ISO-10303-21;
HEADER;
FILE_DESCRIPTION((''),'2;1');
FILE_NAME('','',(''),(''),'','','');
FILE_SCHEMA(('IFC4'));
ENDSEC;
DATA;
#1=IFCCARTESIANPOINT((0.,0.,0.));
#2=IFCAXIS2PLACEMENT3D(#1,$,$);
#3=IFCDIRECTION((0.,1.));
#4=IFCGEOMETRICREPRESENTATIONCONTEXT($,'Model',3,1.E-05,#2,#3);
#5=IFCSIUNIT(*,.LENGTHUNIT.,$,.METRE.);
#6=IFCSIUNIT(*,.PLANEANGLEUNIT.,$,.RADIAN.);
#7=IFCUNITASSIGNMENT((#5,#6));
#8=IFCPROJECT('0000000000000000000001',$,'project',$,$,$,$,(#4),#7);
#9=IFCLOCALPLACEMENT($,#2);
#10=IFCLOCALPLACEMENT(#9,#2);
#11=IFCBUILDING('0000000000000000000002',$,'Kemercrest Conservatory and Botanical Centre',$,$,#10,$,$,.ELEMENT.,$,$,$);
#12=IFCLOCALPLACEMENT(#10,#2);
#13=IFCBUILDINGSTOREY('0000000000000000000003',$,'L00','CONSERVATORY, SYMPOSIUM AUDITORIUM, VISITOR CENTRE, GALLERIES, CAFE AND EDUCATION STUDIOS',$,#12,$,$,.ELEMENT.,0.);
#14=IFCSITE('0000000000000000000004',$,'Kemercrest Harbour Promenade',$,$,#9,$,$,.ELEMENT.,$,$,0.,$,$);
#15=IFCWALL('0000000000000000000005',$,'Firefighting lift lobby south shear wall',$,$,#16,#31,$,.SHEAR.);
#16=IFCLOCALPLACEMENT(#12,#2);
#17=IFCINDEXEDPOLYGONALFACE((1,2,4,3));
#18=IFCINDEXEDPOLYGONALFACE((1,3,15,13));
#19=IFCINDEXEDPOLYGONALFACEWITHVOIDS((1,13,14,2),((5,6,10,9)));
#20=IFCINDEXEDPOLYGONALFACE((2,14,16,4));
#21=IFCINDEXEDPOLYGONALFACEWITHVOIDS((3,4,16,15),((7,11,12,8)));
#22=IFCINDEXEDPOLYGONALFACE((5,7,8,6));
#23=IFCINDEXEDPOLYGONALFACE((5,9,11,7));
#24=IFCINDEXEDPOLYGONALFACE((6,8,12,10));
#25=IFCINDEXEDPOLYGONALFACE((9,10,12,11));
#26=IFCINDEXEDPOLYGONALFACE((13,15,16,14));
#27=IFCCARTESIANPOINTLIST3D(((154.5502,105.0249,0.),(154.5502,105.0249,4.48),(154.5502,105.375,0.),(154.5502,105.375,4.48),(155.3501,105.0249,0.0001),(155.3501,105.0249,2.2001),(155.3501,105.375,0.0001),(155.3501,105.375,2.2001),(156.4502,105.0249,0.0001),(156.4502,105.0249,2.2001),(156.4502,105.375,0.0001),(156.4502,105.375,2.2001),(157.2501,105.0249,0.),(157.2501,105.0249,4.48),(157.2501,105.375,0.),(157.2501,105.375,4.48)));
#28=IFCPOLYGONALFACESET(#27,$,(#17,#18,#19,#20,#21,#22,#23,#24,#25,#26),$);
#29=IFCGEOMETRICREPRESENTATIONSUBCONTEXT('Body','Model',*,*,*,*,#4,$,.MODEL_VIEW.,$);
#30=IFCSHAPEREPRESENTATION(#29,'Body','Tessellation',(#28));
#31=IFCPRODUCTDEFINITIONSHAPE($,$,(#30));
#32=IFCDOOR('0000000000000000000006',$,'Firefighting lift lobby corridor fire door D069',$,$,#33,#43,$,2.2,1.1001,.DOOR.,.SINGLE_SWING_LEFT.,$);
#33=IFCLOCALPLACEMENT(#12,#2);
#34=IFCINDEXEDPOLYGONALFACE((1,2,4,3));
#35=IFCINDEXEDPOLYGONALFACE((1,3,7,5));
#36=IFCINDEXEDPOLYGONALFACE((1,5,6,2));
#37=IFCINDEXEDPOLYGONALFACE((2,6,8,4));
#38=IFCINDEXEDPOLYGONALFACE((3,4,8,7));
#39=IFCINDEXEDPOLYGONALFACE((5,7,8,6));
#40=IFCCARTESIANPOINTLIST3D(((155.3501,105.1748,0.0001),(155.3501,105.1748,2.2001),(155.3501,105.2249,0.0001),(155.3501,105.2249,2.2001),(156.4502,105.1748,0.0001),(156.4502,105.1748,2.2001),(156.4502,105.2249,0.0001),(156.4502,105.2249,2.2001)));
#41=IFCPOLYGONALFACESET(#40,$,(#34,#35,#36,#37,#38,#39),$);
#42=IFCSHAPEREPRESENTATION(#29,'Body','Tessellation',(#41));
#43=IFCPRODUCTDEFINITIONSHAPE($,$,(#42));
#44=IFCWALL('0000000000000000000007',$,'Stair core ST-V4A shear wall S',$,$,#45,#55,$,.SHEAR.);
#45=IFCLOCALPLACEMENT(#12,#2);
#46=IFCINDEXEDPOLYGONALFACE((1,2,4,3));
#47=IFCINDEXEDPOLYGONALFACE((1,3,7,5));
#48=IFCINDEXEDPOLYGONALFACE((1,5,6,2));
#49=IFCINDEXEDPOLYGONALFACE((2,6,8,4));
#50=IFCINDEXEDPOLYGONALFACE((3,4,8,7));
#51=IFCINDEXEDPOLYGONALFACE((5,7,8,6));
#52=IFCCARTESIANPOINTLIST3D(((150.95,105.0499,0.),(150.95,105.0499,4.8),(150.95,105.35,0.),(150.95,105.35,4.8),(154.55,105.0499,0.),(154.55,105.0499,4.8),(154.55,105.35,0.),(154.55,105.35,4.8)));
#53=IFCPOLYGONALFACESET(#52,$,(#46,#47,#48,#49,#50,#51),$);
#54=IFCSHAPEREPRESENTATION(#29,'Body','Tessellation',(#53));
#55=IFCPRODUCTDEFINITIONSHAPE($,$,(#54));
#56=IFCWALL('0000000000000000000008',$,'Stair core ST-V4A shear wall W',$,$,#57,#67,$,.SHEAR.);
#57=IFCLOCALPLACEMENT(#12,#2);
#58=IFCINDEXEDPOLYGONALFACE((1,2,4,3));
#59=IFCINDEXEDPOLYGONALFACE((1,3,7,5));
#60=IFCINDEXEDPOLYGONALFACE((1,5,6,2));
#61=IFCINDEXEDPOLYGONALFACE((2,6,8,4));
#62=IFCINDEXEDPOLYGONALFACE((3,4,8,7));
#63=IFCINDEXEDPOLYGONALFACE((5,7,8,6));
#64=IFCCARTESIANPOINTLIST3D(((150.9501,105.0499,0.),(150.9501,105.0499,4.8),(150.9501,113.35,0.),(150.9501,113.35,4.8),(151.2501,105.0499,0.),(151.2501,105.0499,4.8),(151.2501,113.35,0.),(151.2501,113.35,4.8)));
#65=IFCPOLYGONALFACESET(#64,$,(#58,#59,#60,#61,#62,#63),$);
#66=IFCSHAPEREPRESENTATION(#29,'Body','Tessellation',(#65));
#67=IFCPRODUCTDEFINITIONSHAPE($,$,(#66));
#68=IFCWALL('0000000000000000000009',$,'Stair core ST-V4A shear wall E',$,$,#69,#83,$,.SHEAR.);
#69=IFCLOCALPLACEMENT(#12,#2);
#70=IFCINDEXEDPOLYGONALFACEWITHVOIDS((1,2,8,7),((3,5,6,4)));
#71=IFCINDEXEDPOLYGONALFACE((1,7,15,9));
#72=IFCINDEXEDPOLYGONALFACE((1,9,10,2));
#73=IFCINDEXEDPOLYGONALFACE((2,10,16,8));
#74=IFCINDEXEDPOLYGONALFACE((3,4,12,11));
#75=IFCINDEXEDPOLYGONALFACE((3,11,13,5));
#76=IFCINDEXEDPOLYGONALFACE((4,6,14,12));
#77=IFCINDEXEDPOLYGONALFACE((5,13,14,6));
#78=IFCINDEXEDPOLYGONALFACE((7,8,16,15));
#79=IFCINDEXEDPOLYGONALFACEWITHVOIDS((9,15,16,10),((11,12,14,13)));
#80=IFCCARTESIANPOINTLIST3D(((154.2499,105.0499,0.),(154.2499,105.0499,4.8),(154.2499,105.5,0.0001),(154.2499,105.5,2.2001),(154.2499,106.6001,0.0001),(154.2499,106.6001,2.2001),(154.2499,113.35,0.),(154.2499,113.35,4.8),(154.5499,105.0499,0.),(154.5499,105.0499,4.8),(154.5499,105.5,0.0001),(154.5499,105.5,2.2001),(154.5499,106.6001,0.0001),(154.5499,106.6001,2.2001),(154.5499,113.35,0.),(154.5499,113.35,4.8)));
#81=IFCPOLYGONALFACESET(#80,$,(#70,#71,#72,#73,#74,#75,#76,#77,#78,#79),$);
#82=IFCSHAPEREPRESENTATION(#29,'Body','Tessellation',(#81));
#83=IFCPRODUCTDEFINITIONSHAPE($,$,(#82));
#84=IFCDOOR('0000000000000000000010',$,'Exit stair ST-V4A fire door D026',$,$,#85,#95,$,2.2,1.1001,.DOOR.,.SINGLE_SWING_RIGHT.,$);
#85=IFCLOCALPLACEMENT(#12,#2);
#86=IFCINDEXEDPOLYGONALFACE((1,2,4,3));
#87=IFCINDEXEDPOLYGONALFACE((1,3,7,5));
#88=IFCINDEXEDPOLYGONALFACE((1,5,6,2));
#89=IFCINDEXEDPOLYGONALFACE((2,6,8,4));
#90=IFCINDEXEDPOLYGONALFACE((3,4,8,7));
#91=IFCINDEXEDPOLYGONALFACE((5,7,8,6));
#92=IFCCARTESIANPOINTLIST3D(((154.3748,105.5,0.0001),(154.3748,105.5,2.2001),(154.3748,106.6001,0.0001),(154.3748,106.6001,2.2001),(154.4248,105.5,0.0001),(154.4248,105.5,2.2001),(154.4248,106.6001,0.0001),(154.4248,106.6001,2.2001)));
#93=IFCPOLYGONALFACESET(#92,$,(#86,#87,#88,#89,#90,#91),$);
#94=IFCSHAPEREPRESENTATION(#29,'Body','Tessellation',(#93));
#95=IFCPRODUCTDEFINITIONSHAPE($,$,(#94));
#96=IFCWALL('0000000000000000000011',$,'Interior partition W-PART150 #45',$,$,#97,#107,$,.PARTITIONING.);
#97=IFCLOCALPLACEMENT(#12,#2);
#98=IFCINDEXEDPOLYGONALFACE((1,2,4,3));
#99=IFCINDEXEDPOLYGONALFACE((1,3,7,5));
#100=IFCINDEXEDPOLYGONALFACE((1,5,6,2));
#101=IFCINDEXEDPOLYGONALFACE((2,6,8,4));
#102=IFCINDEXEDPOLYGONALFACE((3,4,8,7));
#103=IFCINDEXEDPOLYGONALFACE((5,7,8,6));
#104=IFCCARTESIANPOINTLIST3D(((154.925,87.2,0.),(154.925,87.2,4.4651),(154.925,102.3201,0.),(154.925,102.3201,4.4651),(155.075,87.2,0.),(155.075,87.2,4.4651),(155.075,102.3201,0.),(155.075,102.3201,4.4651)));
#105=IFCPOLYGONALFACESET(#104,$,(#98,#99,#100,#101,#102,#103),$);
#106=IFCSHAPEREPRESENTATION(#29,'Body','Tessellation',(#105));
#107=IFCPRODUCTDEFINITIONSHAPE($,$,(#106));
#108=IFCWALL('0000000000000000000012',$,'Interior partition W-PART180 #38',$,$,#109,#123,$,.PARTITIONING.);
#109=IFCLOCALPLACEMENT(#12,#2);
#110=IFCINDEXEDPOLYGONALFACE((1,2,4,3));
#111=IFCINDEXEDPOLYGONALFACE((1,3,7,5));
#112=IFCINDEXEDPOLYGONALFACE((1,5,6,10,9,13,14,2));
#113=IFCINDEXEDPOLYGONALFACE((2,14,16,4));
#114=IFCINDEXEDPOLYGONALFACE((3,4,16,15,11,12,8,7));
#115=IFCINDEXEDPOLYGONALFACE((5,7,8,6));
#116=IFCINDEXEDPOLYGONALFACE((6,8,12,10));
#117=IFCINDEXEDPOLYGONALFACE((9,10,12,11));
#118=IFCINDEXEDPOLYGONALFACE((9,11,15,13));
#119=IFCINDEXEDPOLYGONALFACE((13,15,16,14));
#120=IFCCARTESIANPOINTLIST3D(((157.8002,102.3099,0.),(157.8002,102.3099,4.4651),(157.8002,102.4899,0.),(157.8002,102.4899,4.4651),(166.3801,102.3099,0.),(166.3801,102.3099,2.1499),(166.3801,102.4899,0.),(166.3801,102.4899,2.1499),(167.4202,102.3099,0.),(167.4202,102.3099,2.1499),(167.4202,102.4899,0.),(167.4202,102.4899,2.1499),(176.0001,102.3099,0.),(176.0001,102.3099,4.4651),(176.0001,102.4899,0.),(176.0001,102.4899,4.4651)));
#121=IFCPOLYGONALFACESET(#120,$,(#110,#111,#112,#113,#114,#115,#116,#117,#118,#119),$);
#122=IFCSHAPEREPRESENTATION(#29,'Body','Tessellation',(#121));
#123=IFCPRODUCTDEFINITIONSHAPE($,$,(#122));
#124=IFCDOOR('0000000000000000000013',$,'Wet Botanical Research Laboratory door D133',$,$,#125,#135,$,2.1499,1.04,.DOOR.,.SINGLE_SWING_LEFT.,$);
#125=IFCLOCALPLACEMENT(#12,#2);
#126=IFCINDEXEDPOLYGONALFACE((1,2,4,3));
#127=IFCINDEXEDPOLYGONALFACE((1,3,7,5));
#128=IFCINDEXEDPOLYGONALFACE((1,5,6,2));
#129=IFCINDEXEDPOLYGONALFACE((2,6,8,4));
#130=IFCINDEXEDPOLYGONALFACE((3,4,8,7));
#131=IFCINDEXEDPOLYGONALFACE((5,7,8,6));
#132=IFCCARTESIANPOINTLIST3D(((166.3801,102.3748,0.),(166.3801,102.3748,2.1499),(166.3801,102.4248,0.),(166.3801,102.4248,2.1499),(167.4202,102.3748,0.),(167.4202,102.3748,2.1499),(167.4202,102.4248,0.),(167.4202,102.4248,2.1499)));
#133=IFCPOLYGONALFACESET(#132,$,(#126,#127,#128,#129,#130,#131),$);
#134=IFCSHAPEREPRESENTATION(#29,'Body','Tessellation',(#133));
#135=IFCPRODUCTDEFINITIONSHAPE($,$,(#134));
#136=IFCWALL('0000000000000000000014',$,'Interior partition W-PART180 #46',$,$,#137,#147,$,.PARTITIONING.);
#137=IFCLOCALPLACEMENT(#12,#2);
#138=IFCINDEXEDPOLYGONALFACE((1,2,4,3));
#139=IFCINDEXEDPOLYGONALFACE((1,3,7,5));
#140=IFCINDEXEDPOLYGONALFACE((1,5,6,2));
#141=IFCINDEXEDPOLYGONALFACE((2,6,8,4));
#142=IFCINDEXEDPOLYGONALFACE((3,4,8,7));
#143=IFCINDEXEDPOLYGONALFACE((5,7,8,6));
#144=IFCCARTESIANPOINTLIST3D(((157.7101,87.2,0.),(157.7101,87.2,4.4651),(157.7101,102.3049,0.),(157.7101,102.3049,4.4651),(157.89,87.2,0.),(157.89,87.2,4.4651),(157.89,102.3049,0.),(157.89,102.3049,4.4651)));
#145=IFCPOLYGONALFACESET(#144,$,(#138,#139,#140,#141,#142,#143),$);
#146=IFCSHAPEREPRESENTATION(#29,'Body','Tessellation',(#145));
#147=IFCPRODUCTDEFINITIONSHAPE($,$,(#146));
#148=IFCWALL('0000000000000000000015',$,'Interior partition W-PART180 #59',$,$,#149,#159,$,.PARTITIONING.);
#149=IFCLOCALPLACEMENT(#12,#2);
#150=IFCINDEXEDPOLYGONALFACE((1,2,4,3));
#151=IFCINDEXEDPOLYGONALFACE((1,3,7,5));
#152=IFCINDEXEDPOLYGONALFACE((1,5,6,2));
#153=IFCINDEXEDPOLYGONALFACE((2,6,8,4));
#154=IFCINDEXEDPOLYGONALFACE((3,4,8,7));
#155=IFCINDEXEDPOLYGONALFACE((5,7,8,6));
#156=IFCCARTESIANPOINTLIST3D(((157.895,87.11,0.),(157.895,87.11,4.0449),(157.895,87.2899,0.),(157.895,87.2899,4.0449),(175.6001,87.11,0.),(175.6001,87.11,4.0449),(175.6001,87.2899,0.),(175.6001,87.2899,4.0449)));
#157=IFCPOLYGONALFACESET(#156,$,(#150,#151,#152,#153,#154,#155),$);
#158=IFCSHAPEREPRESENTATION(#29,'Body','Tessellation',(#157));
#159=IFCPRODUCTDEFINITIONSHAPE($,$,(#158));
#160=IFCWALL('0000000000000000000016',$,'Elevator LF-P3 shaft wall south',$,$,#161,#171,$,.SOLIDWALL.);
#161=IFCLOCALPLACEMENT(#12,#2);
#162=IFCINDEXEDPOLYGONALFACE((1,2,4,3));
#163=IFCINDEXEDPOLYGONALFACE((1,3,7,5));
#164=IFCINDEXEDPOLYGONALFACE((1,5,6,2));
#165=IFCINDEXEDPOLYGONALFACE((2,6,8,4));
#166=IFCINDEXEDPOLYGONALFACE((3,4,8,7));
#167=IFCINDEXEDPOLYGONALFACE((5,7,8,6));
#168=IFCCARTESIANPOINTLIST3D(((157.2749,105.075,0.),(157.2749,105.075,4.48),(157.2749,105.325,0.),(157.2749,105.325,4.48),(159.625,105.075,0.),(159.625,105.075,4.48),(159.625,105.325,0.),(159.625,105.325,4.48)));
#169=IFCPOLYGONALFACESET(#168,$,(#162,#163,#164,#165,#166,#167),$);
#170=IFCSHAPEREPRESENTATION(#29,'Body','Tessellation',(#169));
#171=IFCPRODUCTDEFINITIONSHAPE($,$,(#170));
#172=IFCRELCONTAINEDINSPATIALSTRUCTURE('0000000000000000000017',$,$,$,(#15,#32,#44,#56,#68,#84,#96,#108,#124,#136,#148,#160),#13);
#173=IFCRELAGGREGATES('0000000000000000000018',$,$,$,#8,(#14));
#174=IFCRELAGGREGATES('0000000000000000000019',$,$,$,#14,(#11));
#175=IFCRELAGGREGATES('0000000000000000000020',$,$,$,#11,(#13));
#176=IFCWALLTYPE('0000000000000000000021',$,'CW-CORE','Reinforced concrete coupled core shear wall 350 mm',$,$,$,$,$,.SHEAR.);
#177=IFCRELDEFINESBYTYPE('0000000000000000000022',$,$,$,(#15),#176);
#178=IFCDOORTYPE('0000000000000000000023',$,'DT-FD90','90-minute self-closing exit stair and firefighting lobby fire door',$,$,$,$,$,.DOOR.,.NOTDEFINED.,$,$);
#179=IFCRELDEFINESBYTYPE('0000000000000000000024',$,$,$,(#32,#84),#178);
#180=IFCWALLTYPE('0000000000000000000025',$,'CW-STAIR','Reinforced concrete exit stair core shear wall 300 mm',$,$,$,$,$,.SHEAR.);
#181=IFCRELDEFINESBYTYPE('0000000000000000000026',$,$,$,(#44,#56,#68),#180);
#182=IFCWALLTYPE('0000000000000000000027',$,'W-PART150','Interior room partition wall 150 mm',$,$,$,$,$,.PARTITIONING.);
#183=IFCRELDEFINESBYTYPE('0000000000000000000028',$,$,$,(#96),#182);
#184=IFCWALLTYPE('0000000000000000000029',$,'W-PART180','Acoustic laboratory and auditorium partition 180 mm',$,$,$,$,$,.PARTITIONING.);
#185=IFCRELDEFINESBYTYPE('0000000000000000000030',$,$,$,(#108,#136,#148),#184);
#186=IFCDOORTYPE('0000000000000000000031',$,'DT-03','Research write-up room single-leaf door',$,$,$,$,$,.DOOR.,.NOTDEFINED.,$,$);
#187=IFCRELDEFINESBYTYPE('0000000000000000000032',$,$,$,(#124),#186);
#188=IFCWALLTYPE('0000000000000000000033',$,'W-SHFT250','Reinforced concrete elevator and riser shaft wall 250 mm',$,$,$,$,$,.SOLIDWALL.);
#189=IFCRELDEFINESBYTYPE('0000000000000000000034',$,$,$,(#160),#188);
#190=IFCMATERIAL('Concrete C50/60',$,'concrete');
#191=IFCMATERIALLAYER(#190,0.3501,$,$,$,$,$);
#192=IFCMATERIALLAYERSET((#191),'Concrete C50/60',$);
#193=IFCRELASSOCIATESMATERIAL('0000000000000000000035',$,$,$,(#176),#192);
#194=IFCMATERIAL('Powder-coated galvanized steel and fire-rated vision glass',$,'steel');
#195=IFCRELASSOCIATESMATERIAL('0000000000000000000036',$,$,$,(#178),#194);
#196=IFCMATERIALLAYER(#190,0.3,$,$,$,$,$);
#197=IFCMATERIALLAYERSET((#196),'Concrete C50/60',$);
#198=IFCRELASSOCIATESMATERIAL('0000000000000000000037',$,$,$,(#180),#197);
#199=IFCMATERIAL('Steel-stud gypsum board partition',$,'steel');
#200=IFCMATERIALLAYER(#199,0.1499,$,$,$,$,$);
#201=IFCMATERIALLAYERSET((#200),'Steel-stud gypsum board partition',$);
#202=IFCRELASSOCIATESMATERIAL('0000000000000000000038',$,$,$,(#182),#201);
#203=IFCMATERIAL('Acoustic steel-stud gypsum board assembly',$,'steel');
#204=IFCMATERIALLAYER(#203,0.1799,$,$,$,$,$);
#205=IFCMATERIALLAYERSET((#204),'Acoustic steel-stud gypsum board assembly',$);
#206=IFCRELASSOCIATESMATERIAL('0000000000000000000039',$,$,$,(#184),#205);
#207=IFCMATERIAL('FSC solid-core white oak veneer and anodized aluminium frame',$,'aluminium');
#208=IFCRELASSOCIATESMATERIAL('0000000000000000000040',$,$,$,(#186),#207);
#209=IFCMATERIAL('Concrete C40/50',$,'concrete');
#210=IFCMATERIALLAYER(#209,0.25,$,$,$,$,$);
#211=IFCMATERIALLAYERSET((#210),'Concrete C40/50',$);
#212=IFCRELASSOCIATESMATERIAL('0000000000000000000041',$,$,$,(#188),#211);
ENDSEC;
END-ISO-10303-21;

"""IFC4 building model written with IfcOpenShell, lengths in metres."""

from ifc_helpers import new_model, si_unit, direction, frame, frame_2d, origin, place, context, subcontext, project, spatial, rectangle, extrude, material, layer, layer_set, type_object, element, fill, save


model = new_model("IFC4")

# Units and contexts
model_context = context("Model", 3, precision=1e-05, world=origin(), true_north=direction((0.0, 1.0)))
body_context = subcontext(model_context, "Body", "Model", "MODEL_VIEW")
ifc_project = project(units=[si_unit("LENGTHUNIT", "METRE"), si_unit("PLANEANGLEUNIT", "RADIAN")], contexts=[model_context])

# Site, building, storey
site_placement = place(None, origin())
site = spatial("IfcSite", under=ifc_project, at=site_placement, Name="Kemercrest Harbour Promenade", CompositionType="ELEMENT", RefElevation=0.0)
building_placement = place(site_placement, origin())
building = spatial("IfcBuilding", under=site, at=building_placement, Name="Kemercrest Conservatory and Botanical Centre", CompositionType="ELEMENT")
storey_placement = place(building_placement, origin())
storey = spatial("IfcBuildingStorey", under=building, at=storey_placement, Name="L00", Description="CONSERVATORY, SYMPOSIUM AUDITORIUM, VISITOR CENTRE, GALLERIES, CAFE AND EDUCATION STUDIOS", CompositionType="ELEMENT", Elevation=0.0)

# Shared definitions
ifc_material_1 = material(Name="Concrete C50/60", Category="concrete")

# Shared definitions
ifc_material_2 = material(Name="Concrete C40/50", Category="concrete")

# Wall, opening, door
ifc_layer_1 = layer(ifc_material_1, 0.3501)
ifc_layer_set_1 = layer_set([ifc_layer_1], Name="Concrete C50/60")
wall_type_1 = type_object("IfcWallType", Name="CW-CORE", Description="Reinforced concrete coupled core shear wall 350 mm", PredefinedType="SHEAR", material=ifc_layer_set_1)
wall_1_placement = place(storey_placement, frame((154.55, 105.2, 0.0), z_axis=(0.0, 0.0, 1.0), x_axis=(1.0, 0.0, 0.0)))
wall_1 = element("IfcWall", 1, at=wall_1_placement, inside=storey, type_object=wall_type_1, Name="Firefighting lift lobby south shear wall", PredefinedType="SHEAR", context=body_context, shape_type="SweptSolid", body=[
    extrude(rectangle(XDim=2.7, YDim=0.3501, at=frame_2d((1.3501, 0.0))), origin(), (0.0, 0.0, 1.0), 4.48),
])
opening_1_placement = place(wall_1_placement, frame((0.8, 0.0, 0.0)))
opening_1 = element("IfcOpeningElement", 2, at=opening_1_placement, cuts=wall_1, PredefinedType="OPENING", context=body_context, shape_type="SweptSolid", body=[
    extrude(rectangle(XDim=1.1001, YDim=2.2, at=frame_2d((0.55, 1.1001))), frame((0.0, 0.1851, 0.0), z_axis=(0.0, -1.0, 0.0), x_axis=(1.0, 0.0, 0.0)), (0.0, 0.0, 1.0), 0.3701),
])
ifc_material_3 = material(Name="Powder-coated galvanized steel and fire-rated vision glass", Category="steel")
door_type_1 = type_object("IfcDoorType", Name="DT-FD90", Description="90-minute self-closing exit stair and firefighting lobby fire door", OperationType="NOTDEFINED", PredefinedType="DOOR", material=ifc_material_3)
door_1_placement = place(opening_1_placement, origin())
door_1 = element("IfcDoor", 3, at=door_1_placement, inside=storey, type_object=door_type_1, Name="Firefighting lift lobby corridor fire door D069", OperationType="SINGLE_SWING_LEFT", OverallHeight=2.2, OverallWidth=1.1001, PredefinedType="DOOR", context=body_context, shape_type="SweptSolid", body=[
    extrude(rectangle(XDim=1.1001, YDim=2.2, at=frame_2d((0.55, 1.1001))), frame((0.0, 0.0249, 0.0), z_axis=(0.0, -1.0, 0.0), x_axis=(1.0, 0.0, 0.0)), (0.0, 0.0, 1.0), 0.05),
])
fill(opening_1, door_1)

# Walls
ifc_layer_2 = layer(ifc_material_1, 0.3)
ifc_layer_set_2 = layer_set([ifc_layer_2], Name="Concrete C50/60")
wall_type_2 = type_object("IfcWallType", Name="CW-STAIR", Description="Reinforced concrete exit stair core shear wall 300 mm", PredefinedType="SHEAR", material=ifc_layer_set_2)
wall_2_placement = place(storey_placement, frame((150.95, 105.2, 0.0), z_axis=(0.0, 0.0, 1.0), x_axis=(1.0, 0.0, 0.0)))
element("IfcWall", 4, at=wall_2_placement, inside=storey, type_object=wall_type_2, Name="Stair core ST-V4A shear wall S", PredefinedType="SHEAR", context=body_context, shape_type="SweptSolid", body=[
    extrude(rectangle(XDim=3.6001, YDim=0.3, at=frame_2d((1.8, 0.0))), origin(), (0.0, 0.0, 1.0), 4.8),
])
wall_3_placement = place(storey_placement, frame((151.1001, 105.05, 0.0), z_axis=(0.0, 0.0, 1.0), x_axis=(0.0, 1.0, 0.0)))
element("IfcWall", 5, at=wall_3_placement, inside=storey, type_object=wall_type_2, Name="Stair core ST-V4A shear wall W", PredefinedType="SHEAR", context=body_context, shape_type="SweptSolid", body=[
    extrude(rectangle(XDim=8.3, YDim=0.3, at=frame_2d((4.1499, 0.0))), origin(), (0.0, 0.0, 1.0), 4.8),
])

# Wall, opening, door
wall_4_placement = place(storey_placement, frame((154.3999, 105.05, 0.0), z_axis=(0.0, 0.0, 1.0), x_axis=(0.0, 1.0, 0.0)))
wall_4 = element("IfcWall", 6, at=wall_4_placement, inside=storey, type_object=wall_type_2, Name="Stair core ST-V4A shear wall E", PredefinedType="SHEAR", context=body_context, shape_type="SweptSolid", body=[
    extrude(rectangle(XDim=8.3, YDim=0.3, at=frame_2d((4.1499, 0.0))), origin(), (0.0, 0.0, 1.0), 4.8),
])
opening_2_placement = place(wall_4_placement, frame((0.45, 0.0, 0.0)))
opening_2 = element("IfcOpeningElement", 7, at=opening_2_placement, cuts=wall_4, PredefinedType="OPENING", context=body_context, shape_type="SweptSolid", body=[
    extrude(rectangle(XDim=1.1001, YDim=2.2, at=frame_2d((0.55, 1.1001))), frame((0.0, 0.1602, 0.0), z_axis=(0.0, -1.0, 0.0), x_axis=(1.0, 0.0, 0.0)), (0.0, 0.0, 1.0), 0.3201),
])
door_2_placement = place(opening_2_placement, frame((1.1001, 0.0, 0.0), z_axis=(0.0, 0.0, 1.0), x_axis=(-1.0, 0.0, 0.0)))
door_2 = element("IfcDoor", 8, at=door_2_placement, inside=storey, type_object=door_type_1, Name="Exit stair ST-V4A fire door D026", OperationType="SINGLE_SWING_RIGHT", OverallHeight=2.2, OverallWidth=1.1001, PredefinedType="DOOR", context=body_context, shape_type="SweptSolid", body=[
    extrude(rectangle(XDim=1.1001, YDim=2.2, at=frame_2d((0.55, 1.1001))), frame((0.0, 0.0249, 0.0), z_axis=(0.0, -1.0, 0.0), x_axis=(1.0, 0.0, 0.0)), (0.0, 0.0, 1.0), 0.05),
])
fill(opening_2, door_2)

# Wall
ifc_material_4 = material(Name="Steel-stud gypsum board partition", Category="steel")
ifc_layer_3 = layer(ifc_material_4, 0.1499)
ifc_layer_set_3 = layer_set([ifc_layer_3], Name="Steel-stud gypsum board partition")
wall_type_3 = type_object("IfcWallType", Name="W-PART150", Description="Interior room partition wall 150 mm", PredefinedType="PARTITIONING", material=ifc_layer_set_3)
wall_5_placement = place(storey_placement, frame((155.0, 87.2, 0.0), z_axis=(0.0, 0.0, 1.0), x_axis=(0.0, 1.0, 0.0)))
element("IfcWall", 9, at=wall_5_placement, inside=storey, type_object=wall_type_3, Name="Interior partition W-PART150 #45", PredefinedType="PARTITIONING", context=body_context, shape_type="SweptSolid", body=[
    extrude(rectangle(XDim=15.1201, YDim=0.1499, at=frame_2d((7.5601, 0.0))), origin(), (0.0, 0.0, 1.0), 4.4651),
])

# Wall, opening, door
ifc_material_5 = material(Name="Acoustic steel-stud gypsum board assembly", Category="steel")
ifc_layer_4 = layer(ifc_material_5, 0.1799)
ifc_layer_set_4 = layer_set([ifc_layer_4], Name="Acoustic steel-stud gypsum board assembly")
wall_type_4 = type_object("IfcWallType", Name="W-PART180", Description="Acoustic laboratory and auditorium partition 180 mm", PredefinedType="PARTITIONING", material=ifc_layer_set_4)
wall_6_placement = place(storey_placement, frame((157.8, 102.3999, 0.0), z_axis=(0.0, 0.0, 1.0), x_axis=(1.0, 0.0, 0.0)))
wall_6 = element("IfcWall", 10, at=wall_6_placement, inside=storey, type_object=wall_type_4, Name="Interior partition W-PART180 #38", PredefinedType="PARTITIONING", context=body_context, shape_type="SweptSolid", body=[
    extrude(rectangle(XDim=18.2, YDim=0.1799, at=frame_2d((9.1001, 0.0))), origin(), (0.0, 0.0, 1.0), 4.4651),
])
opening_3_placement = place(wall_6_placement, frame((8.5801, 0.0, 0.0)))
opening_3 = element("IfcOpeningElement", 11, at=opening_3_placement, cuts=wall_6, PredefinedType="OPENING", context=body_context, shape_type="SweptSolid", body=[
    extrude(rectangle(XDim=1.04, YDim=2.1499, at=frame_2d((0.52, 1.075))), frame((0.0, 0.1001, 0.0), z_axis=(0.0, -1.0, 0.0), x_axis=(1.0, 0.0, 0.0)), (0.0, 0.0, 1.0), 0.2),
])
ifc_material_6 = material(Name="FSC solid-core white oak veneer and anodized aluminium frame", Category="aluminium")
door_type_2 = type_object("IfcDoorType", Name="DT-03", Description="Research write-up room single-leaf door", OperationType="NOTDEFINED", PredefinedType="DOOR", material=ifc_material_6)
door_3_placement = place(opening_3_placement, origin())
door_3 = element("IfcDoor", 12, at=door_3_placement, inside=storey, type_object=door_type_2, Name="Wet Botanical Research Laboratory door D133", OperationType="SINGLE_SWING_LEFT", OverallHeight=2.1499, OverallWidth=1.04, PredefinedType="DOOR", context=body_context, shape_type="SweptSolid", body=[
    extrude(rectangle(XDim=1.04, YDim=2.1499, at=frame_2d((0.52, 1.075))), frame((0.0, 0.0249, 0.0), z_axis=(0.0, -1.0, 0.0), x_axis=(1.0, 0.0, 0.0)), (0.0, 0.0, 1.0), 0.05),
])
fill(opening_3, door_3)

# Walls
wall_7_placement = place(storey_placement, frame((157.8, 87.2, 0.0), z_axis=(0.0, 0.0, 1.0), x_axis=(0.0, 1.0, 0.0)))
element("IfcWall", 13, at=wall_7_placement, inside=storey, type_object=wall_type_4, Name="Interior partition W-PART180 #46", PredefinedType="PARTITIONING", context=body_context, shape_type="SweptSolid", body=[
    extrude(rectangle(XDim=15.105, YDim=0.1799, at=frame_2d((7.5525, 0.0))), origin(), (0.0, 0.0, 1.0), 4.4651),
])
wall_8_placement = place(storey_placement, frame((157.895, 87.2, 0.0), z_axis=(0.0, 0.0, 1.0), x_axis=(1.0, 0.0, 0.0)))
element("IfcWall", 14, at=wall_8_placement, inside=storey, type_object=wall_type_4, Name="Interior partition W-PART180 #59", PredefinedType="PARTITIONING", context=body_context, shape_type="SweptSolid", body=[
    extrude(rectangle(XDim=17.7051, YDim=0.1799, at=frame_2d((8.8525, 0.0))), origin(), (0.0, 0.0, 1.0), 4.0449),
])
ifc_layer_5 = layer(ifc_material_2, 0.25)
ifc_layer_set_5 = layer_set([ifc_layer_5], Name="Concrete C40/50")
wall_type_5 = type_object("IfcWallType", Name="W-SHFT250", Description="Reinforced concrete elevator and riser shaft wall 250 mm", PredefinedType="SOLIDWALL", material=ifc_layer_set_5)
wall_9_placement = place(storey_placement, frame((157.2749, 105.2, 0.0), z_axis=(0.0, 0.0, 1.0), x_axis=(1.0, 0.0, 0.0)))
element("IfcWall", 15, at=wall_9_placement, inside=storey, type_object=wall_type_5, Name="Elevator LF-P3 shaft wall south", PredefinedType="SOLIDWALL", context=body_context, shape_type="SweptSolid", body=[
    extrude(rectangle(XDim=2.3501, YDim=0.25, at=frame_2d((1.175, 0.0))), origin(), (0.0, 0.0, 1.0), 4.48),
])

save(model, "model.ifc")
